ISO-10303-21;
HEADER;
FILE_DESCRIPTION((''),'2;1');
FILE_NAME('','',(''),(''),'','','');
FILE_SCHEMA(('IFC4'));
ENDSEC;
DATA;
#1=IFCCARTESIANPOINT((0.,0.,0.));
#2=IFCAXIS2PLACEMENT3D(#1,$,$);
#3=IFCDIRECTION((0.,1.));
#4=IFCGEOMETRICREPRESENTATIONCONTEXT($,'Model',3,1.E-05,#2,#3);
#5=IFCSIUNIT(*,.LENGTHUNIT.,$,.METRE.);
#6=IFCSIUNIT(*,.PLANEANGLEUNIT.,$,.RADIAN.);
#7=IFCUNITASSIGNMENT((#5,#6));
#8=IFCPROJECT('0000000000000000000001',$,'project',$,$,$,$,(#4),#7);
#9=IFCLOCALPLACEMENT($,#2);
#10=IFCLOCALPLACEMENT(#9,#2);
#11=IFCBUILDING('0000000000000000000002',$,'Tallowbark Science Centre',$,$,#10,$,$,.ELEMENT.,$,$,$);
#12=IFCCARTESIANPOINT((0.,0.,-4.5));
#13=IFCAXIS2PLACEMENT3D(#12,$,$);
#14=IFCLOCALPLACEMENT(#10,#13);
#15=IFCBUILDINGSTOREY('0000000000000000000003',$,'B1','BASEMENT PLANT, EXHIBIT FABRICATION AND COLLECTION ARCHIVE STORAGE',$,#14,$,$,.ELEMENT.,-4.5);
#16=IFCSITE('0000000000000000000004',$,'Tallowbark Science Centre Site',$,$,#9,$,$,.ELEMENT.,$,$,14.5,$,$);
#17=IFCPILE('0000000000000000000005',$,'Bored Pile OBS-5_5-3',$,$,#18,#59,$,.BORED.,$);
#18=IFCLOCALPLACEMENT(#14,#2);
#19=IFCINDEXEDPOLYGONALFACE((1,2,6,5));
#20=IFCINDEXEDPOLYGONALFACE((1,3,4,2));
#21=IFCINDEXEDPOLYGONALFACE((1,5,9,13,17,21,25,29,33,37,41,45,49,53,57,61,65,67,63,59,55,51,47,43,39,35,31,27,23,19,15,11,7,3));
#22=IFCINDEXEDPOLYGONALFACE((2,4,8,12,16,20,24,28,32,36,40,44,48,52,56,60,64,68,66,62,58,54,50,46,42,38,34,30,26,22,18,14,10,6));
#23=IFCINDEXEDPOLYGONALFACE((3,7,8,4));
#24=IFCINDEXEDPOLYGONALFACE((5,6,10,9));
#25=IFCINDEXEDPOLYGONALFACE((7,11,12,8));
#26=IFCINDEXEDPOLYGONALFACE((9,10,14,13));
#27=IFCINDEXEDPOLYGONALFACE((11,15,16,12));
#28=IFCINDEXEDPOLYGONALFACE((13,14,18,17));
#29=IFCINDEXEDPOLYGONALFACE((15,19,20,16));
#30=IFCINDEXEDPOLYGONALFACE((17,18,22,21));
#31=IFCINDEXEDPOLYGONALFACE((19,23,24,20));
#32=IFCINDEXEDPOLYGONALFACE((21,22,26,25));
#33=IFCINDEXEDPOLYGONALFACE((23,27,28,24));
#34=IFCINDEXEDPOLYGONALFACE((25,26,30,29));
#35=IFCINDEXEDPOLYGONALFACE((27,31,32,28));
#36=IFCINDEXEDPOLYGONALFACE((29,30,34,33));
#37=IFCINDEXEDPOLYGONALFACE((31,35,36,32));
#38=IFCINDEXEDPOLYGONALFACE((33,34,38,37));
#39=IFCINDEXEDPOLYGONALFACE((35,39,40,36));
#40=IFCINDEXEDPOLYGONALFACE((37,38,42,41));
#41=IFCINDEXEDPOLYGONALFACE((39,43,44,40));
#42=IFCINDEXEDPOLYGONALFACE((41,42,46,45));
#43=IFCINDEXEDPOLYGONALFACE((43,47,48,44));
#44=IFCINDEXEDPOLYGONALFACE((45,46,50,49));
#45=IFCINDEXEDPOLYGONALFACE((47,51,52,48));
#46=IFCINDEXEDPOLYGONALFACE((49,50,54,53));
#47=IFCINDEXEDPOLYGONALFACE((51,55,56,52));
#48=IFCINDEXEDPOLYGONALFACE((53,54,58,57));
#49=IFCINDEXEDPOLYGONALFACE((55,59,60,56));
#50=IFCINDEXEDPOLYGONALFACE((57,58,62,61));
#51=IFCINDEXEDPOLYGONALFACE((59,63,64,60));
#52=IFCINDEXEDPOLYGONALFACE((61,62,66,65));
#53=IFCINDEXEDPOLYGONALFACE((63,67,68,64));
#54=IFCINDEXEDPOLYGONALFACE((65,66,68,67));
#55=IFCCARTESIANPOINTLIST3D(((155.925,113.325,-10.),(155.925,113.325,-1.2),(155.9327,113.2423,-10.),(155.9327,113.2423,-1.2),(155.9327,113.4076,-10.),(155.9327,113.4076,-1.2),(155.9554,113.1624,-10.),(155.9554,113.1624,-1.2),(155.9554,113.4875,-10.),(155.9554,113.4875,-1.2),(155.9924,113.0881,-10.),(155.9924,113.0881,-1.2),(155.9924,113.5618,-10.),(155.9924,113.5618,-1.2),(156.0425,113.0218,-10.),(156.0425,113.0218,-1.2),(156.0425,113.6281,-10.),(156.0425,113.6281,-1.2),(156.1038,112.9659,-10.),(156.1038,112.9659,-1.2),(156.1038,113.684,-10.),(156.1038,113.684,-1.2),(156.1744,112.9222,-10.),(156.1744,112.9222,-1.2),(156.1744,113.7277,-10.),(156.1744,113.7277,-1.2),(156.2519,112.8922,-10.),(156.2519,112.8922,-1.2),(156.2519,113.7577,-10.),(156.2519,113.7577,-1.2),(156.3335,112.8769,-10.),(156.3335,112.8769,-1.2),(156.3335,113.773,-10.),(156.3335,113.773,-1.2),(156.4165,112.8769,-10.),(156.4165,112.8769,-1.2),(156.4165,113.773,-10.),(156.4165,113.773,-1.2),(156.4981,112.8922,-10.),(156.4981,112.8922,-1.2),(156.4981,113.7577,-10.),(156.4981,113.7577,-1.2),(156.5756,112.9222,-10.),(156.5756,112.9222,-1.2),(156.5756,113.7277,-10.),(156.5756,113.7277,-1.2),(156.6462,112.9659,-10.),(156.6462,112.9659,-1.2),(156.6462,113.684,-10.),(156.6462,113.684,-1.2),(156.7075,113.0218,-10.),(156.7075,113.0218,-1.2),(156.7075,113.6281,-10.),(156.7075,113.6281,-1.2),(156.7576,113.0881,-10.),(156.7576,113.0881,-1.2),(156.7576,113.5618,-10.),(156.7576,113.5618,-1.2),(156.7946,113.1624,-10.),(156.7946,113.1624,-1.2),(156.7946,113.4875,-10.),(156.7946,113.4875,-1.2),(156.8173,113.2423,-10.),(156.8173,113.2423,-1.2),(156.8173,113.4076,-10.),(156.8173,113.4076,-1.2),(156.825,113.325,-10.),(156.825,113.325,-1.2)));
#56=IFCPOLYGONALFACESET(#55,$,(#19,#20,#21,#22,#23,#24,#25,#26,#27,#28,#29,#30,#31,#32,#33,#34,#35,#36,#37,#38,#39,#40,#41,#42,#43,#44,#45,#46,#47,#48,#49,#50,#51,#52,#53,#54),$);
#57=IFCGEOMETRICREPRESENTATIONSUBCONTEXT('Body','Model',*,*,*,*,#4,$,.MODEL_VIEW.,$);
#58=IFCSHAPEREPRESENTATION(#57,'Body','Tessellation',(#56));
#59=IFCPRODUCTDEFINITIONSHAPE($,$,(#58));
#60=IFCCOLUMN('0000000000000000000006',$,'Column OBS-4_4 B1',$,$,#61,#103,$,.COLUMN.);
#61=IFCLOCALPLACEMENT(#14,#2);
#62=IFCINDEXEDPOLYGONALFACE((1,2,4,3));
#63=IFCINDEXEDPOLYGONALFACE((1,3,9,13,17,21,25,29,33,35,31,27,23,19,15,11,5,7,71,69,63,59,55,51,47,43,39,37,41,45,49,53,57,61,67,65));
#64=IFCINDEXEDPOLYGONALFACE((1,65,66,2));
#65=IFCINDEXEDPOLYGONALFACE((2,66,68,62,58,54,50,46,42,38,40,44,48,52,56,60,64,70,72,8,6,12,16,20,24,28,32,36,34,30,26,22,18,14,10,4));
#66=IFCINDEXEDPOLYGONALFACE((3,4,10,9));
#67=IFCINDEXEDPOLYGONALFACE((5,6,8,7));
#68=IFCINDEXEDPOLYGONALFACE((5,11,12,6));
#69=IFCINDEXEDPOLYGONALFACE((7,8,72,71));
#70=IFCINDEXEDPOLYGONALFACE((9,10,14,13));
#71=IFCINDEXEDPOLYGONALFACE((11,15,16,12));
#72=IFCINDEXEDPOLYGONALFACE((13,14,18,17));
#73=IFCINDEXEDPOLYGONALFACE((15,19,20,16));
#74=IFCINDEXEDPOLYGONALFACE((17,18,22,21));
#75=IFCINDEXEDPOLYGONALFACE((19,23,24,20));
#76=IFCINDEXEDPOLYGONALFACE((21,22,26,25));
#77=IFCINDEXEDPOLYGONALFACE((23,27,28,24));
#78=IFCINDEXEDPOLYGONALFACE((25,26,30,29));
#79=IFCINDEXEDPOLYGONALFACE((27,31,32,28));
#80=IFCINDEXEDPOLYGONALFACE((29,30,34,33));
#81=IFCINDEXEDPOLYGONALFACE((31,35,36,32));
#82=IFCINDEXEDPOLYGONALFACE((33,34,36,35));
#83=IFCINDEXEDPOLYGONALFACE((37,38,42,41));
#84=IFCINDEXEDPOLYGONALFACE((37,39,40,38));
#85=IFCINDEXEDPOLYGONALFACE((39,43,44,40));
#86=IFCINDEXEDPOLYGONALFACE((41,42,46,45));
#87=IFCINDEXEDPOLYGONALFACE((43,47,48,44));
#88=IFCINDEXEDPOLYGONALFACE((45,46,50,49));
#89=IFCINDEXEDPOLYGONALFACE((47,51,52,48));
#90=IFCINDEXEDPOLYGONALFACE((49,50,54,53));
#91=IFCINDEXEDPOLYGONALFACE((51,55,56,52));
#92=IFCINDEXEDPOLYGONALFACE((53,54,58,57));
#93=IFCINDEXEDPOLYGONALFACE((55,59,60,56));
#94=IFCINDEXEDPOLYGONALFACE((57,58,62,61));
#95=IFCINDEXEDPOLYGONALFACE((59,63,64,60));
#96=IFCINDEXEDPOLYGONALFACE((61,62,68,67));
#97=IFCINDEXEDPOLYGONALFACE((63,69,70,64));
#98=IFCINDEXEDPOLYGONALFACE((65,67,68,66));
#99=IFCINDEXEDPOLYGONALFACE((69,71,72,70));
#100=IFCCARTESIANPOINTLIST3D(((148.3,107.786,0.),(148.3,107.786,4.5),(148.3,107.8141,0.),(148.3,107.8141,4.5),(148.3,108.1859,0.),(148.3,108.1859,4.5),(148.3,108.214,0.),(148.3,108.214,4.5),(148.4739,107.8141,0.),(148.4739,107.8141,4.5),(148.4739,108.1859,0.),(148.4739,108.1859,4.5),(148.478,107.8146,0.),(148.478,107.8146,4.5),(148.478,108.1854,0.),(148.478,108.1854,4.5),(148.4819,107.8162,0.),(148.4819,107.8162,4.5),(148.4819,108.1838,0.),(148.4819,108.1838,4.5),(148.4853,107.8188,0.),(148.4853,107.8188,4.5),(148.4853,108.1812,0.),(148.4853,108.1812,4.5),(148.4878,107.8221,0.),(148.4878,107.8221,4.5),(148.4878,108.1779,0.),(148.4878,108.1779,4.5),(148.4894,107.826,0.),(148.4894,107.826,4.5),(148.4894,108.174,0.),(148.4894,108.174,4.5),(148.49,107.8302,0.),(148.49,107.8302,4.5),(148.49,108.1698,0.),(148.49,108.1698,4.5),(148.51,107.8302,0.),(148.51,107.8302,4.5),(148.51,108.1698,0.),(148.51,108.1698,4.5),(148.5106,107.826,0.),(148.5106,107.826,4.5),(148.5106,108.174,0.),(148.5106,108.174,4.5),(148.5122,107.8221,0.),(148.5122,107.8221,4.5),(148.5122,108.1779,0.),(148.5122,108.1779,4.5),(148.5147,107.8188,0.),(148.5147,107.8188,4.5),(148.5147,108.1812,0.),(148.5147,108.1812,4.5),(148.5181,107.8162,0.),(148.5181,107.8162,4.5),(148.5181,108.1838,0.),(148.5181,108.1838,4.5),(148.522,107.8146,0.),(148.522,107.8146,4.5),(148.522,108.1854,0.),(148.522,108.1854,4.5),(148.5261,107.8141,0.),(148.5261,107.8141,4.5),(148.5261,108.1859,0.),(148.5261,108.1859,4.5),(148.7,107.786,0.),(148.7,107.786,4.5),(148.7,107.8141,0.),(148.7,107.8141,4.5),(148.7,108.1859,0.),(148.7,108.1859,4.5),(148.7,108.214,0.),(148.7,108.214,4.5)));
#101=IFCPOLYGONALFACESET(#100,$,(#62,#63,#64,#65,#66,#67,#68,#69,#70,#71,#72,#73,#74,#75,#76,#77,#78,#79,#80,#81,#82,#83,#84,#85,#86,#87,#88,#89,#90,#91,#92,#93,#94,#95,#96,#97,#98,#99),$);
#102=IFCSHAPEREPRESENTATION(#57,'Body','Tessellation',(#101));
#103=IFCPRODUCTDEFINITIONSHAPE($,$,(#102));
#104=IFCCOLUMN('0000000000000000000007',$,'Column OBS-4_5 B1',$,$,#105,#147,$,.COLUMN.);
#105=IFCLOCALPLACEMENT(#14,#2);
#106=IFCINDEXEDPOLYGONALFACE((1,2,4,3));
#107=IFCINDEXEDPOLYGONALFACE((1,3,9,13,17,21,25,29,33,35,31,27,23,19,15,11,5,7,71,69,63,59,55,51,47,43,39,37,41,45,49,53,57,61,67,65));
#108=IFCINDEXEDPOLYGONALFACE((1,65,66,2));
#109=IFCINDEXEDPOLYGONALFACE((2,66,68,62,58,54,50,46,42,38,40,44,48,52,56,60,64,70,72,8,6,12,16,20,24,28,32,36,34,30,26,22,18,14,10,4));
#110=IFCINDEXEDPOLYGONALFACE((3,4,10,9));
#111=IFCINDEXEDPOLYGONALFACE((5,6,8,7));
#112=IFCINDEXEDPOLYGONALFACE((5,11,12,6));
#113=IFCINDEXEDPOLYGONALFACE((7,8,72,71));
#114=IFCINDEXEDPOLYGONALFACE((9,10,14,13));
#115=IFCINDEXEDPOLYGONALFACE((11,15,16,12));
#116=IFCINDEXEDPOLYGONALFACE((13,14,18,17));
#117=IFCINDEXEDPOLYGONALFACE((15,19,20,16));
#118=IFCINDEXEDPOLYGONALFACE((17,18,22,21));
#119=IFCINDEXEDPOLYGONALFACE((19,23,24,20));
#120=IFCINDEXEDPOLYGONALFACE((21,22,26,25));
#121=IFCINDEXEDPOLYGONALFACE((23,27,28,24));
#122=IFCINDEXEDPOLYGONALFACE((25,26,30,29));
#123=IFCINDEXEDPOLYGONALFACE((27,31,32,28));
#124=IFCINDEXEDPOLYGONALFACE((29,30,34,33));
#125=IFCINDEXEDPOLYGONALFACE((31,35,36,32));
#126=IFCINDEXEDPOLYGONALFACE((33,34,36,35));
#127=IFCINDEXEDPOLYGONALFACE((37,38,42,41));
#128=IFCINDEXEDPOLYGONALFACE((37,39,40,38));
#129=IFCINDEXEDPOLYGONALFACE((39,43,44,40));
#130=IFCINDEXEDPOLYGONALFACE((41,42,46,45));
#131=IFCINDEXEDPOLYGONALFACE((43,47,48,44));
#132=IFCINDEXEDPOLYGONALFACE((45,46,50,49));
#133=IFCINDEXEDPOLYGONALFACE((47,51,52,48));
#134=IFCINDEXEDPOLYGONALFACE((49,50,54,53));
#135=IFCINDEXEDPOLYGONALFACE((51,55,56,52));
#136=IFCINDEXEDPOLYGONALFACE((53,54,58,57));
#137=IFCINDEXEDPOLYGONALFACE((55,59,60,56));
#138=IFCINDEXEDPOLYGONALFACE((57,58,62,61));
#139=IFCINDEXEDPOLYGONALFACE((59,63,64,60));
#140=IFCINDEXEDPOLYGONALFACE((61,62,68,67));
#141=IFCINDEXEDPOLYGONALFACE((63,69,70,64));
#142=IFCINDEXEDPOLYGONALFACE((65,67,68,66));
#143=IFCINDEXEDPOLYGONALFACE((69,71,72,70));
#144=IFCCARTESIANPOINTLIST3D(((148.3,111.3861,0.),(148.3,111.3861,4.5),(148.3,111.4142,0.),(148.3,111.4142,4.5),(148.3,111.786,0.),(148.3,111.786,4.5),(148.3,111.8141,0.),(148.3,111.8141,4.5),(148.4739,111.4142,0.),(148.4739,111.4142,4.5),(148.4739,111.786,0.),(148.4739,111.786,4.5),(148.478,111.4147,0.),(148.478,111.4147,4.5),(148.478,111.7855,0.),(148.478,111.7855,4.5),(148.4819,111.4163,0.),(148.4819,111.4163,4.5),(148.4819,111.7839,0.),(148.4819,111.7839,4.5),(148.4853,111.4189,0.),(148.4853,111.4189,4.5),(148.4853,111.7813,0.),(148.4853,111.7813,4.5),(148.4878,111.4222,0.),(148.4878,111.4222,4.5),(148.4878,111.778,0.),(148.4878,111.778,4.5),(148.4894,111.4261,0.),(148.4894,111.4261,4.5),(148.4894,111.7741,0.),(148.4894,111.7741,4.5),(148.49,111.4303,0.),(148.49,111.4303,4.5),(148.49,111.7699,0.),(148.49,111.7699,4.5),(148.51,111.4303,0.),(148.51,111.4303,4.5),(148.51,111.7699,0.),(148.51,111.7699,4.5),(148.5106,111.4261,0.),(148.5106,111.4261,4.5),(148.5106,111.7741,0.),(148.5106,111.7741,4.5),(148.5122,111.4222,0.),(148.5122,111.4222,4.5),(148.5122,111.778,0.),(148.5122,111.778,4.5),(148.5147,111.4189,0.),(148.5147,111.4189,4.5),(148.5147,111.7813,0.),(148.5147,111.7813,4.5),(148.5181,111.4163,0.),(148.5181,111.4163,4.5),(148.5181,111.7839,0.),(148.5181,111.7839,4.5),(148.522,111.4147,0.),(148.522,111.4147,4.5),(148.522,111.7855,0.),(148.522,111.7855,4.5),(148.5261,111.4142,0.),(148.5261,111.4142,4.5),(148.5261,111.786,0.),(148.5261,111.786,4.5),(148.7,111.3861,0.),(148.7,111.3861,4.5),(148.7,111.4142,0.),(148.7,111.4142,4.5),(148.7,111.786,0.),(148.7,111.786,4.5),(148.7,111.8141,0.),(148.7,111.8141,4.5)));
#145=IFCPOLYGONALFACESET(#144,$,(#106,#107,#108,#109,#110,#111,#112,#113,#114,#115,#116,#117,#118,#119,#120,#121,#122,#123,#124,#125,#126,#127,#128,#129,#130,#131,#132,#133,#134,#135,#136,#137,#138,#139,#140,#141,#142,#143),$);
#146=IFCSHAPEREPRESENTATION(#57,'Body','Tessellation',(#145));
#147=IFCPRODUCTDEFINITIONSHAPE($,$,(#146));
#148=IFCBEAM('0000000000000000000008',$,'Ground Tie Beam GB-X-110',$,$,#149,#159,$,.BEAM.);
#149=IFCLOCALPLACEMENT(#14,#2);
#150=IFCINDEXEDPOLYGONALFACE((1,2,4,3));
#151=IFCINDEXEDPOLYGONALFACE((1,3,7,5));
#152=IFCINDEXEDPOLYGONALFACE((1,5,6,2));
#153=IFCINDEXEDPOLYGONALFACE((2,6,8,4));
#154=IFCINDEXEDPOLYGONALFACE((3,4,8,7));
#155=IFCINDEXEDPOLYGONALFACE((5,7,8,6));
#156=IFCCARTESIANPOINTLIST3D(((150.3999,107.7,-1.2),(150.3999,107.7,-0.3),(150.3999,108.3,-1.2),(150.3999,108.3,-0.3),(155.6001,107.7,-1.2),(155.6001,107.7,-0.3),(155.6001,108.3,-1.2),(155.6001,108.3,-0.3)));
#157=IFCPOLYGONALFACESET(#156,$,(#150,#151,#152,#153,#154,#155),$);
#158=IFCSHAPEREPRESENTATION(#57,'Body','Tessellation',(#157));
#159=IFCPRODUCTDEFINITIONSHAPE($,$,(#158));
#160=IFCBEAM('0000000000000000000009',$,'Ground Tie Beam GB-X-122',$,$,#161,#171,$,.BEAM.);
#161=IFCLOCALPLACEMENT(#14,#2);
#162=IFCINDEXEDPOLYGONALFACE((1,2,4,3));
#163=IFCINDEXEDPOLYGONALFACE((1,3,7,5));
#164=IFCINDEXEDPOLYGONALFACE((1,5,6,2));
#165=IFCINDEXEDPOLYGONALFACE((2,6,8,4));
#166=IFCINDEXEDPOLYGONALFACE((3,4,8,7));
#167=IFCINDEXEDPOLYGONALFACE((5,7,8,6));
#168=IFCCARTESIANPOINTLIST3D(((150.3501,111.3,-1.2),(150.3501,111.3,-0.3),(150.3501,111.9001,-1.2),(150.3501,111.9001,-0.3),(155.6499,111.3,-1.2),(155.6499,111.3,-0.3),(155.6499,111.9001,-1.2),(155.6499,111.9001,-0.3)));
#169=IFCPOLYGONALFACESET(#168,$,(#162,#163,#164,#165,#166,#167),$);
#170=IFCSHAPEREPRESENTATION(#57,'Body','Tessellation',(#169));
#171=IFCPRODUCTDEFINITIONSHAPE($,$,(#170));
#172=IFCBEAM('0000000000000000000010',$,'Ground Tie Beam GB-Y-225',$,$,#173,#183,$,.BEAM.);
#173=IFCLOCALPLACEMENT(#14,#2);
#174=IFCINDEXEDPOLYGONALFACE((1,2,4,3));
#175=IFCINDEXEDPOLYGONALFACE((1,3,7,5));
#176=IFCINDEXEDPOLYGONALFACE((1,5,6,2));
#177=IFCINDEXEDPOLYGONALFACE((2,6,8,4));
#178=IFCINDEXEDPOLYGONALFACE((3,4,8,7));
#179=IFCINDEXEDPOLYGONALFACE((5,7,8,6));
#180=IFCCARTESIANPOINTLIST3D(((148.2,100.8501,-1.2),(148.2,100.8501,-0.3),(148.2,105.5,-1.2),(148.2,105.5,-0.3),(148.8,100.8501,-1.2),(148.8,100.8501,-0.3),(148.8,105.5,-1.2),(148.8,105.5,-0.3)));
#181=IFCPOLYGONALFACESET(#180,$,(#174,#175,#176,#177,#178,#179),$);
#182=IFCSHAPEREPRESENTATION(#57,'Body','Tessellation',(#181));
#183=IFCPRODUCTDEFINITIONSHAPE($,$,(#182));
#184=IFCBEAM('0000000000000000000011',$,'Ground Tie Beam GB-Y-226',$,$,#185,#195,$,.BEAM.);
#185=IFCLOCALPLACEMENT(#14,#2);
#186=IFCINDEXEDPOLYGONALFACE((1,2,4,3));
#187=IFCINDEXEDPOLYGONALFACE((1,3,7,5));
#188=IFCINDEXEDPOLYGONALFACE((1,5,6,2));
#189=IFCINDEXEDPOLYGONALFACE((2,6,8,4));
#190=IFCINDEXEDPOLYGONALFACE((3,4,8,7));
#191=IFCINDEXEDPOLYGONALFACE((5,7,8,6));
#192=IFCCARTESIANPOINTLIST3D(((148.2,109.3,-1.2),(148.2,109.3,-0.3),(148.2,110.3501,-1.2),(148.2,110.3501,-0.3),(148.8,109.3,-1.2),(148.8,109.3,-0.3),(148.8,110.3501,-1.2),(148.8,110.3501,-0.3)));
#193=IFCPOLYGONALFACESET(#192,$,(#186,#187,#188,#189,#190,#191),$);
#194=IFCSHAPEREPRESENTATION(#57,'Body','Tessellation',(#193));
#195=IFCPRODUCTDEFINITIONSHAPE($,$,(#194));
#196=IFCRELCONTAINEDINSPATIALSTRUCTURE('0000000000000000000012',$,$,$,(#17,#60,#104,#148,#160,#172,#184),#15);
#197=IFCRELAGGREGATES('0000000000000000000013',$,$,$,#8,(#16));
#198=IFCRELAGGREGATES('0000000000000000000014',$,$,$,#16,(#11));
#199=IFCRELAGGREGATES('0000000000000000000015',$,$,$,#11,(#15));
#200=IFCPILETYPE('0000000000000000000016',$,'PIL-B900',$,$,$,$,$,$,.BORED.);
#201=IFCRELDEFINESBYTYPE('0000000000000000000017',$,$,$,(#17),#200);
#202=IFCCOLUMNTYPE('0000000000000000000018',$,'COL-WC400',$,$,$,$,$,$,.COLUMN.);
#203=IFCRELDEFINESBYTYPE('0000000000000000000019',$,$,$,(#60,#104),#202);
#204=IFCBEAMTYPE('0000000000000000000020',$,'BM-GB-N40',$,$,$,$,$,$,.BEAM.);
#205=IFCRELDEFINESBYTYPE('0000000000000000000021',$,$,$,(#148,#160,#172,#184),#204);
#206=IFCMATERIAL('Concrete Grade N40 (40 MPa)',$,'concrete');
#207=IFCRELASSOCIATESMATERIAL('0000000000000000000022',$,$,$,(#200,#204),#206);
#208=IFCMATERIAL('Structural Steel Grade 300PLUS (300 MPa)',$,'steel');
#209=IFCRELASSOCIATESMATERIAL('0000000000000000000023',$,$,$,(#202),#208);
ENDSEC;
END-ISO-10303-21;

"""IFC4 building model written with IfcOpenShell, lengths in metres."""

from ifc_helpers import new_model, si_unit, direction, frame, origin, origin_2d, place, context, subcontext, project, spatial, rectangle, circle, i_section, extrude, material, material_profile, profile_set, type_object, element, save


model = new_model("IFC4")

# Units and contexts
model_context = context("Model", 3, precision=1e-05, world=origin(), true_north=direction((0.0, 1.0)))
body_context = subcontext(model_context, "Body", "Model", "MODEL_VIEW")
ifc_project = project(units=[si_unit("LENGTHUNIT", "METRE"), si_unit("PLANEANGLEUNIT", "RADIAN")], contexts=[model_context])

# Site, building, storey
site_placement = place(None, origin())
site = spatial("IfcSite", under=ifc_project, at=site_placement, Name="Tallowbark Science Centre Site", CompositionType="ELEMENT", RefElevation=14.5)
building_placement = place(site_placement, origin())
building = spatial("IfcBuilding", under=site, at=building_placement, Name="Tallowbark Science Centre", CompositionType="ELEMENT")
storey_placement = place(building_placement, frame((0.0, 0.0, -4.5)))
storey = spatial("IfcBuildingStorey", under=building, at=storey_placement, Name="B1", Description="BASEMENT PLANT, EXHIBIT FABRICATION AND COLLECTION ARCHIVE STORAGE", CompositionType="ELEMENT", Elevation=-4.5)

# Shared definitions
ifc_material_1 = material(Name="Concrete Grade N40 (40 MPa)", Category="concrete")

# Pile
ifc_material_profile_1 = material_profile(ifc_material_1, circle(Radius=0.45, at=origin_2d()), Name="PILE900")
ifc_profile_set_1 = profile_set([ifc_material_profile_1], Name="Concrete Grade N40 (40 MPa)")
pile_type = type_object("IfcPileType", Name="PIL-B900", PredefinedType="BORED", material=ifc_profile_set_1)
for number, where, z_axis, x_axis, name in (
    (1, (156.375, 113.325, -1.2), (0.0, 0.0, -1.0), (1.0, 0.0, 0.0), "Bored Pile OBS-5_5-3"),
):
    element("IfcPile", number, at=place(storey_placement, frame(where, z_axis=z_axis, x_axis=x_axis)), inside=storey, type_object=pile_type, Name=name, PredefinedType="BORED", context=body_context, shape_type="SweptSolid", body=[
        extrude(circle(Radius=0.45, at=origin_2d()), origin(), (0.0, 0.0, 1.0), 8.8),
    ])

# Columns
ifc_material_2 = material(Name="Structural Steel Grade 300PLUS (300 MPa)", Category="steel")
ifc_material_profile_2 = material_profile(ifc_material_2, i_section(OverallWidth=0.3999, OverallDepth=0.428, WebThickness=0.02, FlangeThickness=0.0281, FilletRadius=0.0161, at=origin_2d()), Name="400WC270")
ifc_profile_set_2 = profile_set([ifc_material_profile_2], Name="Structural Steel Grade 300PLUS (300 MPa)")
column_type = type_object("IfcColumnType", Name="COL-WC400", PredefinedType="COLUMN", material=ifc_profile_set_2)
for number, where, z_axis, x_axis, name in (
    (2, (148.5, 108.0, 0.0), (0.0, 0.0, 1.0), (1.0, 0.0, 0.0), "Column OBS-4_4 B1"),
    (3, (148.5, 111.6001, 0.0), (0.0, 0.0, 1.0), (1.0, 0.0, 0.0), "Column OBS-4_5 B1"),
):
    element("IfcColumn", number, at=place(storey_placement, frame(where, z_axis=z_axis, x_axis=x_axis)), inside=storey, type_object=column_type, Name=name, PredefinedType="COLUMN", context=body_context, shape_type="SweptSolid", body=[
        extrude(i_section(OverallWidth=0.3999, OverallDepth=0.428, WebThickness=0.02, FlangeThickness=0.0281, FilletRadius=0.0161, at=origin_2d()), origin(), (0.0, 0.0, 1.0), 4.5),
    ])

# Beams
ifc_material_profile_3 = material_profile(ifc_material_1, rectangle(XDim=0.6001, YDim=0.8999, at=origin_2d()), Name="RC600x900")
ifc_profile_set_3 = profile_set([ifc_material_profile_3], Name="Concrete Grade N40 (40 MPa)")
beam_type = type_object("IfcBeamType", Name="BM-GB-N40", PredefinedType="BEAM", material=ifc_profile_set_3)
beam_1_placement = place(storey_placement, frame((150.3999, 108.0, -0.75), z_axis=(1.0, 0.0, 0.0), x_axis=(0.0, 1.0, 0.0)))
element("IfcBeam", 4, at=beam_1_placement, inside=storey, type_object=beam_type, Name="Ground Tie Beam GB-X-110", PredefinedType="BEAM", context=body_context, shape_type="SweptSolid", body=[
    extrude(rectangle(XDim=0.6001, YDim=0.8999, at=origin_2d()), origin(), (0.0, 0.0, 1.0), 5.2002),
])
beam_2_placement = place(storey_placement, frame((150.3501, 111.6001, -0.75), z_axis=(1.0, 0.0, 0.0), x_axis=(0.0, 1.0, 0.0)))
element("IfcBeam", 5, at=beam_2_placement, inside=storey, type_object=beam_type, Name="Ground Tie Beam GB-X-122", PredefinedType="BEAM", context=body_context, shape_type="SweptSolid", body=[
    extrude(rectangle(XDim=0.6001, YDim=0.8999, at=origin_2d()), origin(), (0.0, 0.0, 1.0), 5.2998),
])
beam_3_placement = place(storey_placement, frame((148.5, 100.8501, -0.75), z_axis=(0.0, 1.0, 0.0), x_axis=(-1.0, 0.0, 0.0)))
element("IfcBeam", 6, at=beam_3_placement, inside=storey, type_object=beam_type, Name="Ground Tie Beam GB-Y-225", PredefinedType="BEAM", context=body_context, shape_type="SweptSolid", body=[
    extrude(rectangle(XDim=0.6001, YDim=0.8999, at=origin_2d()), origin(), (0.0, 0.0, 1.0), 4.6499),
])
beam_4_placement = place(storey_placement, frame((148.5, 109.3, -0.75), z_axis=(0.0, 1.0, 0.0), x_axis=(-1.0, 0.0, 0.0)))
element("IfcBeam", 7, at=beam_4_placement, inside=storey, type_object=beam_type, Name="Ground Tie Beam GB-Y-226", PredefinedType="BEAM", context=body_context, shape_type="SweptSolid", body=[
    extrude(rectangle(XDim=0.6001, YDim=0.8999, at=origin_2d()), origin(), (0.0, 0.0, 1.0), 1.05),
])

save(model, "model.ifc")
